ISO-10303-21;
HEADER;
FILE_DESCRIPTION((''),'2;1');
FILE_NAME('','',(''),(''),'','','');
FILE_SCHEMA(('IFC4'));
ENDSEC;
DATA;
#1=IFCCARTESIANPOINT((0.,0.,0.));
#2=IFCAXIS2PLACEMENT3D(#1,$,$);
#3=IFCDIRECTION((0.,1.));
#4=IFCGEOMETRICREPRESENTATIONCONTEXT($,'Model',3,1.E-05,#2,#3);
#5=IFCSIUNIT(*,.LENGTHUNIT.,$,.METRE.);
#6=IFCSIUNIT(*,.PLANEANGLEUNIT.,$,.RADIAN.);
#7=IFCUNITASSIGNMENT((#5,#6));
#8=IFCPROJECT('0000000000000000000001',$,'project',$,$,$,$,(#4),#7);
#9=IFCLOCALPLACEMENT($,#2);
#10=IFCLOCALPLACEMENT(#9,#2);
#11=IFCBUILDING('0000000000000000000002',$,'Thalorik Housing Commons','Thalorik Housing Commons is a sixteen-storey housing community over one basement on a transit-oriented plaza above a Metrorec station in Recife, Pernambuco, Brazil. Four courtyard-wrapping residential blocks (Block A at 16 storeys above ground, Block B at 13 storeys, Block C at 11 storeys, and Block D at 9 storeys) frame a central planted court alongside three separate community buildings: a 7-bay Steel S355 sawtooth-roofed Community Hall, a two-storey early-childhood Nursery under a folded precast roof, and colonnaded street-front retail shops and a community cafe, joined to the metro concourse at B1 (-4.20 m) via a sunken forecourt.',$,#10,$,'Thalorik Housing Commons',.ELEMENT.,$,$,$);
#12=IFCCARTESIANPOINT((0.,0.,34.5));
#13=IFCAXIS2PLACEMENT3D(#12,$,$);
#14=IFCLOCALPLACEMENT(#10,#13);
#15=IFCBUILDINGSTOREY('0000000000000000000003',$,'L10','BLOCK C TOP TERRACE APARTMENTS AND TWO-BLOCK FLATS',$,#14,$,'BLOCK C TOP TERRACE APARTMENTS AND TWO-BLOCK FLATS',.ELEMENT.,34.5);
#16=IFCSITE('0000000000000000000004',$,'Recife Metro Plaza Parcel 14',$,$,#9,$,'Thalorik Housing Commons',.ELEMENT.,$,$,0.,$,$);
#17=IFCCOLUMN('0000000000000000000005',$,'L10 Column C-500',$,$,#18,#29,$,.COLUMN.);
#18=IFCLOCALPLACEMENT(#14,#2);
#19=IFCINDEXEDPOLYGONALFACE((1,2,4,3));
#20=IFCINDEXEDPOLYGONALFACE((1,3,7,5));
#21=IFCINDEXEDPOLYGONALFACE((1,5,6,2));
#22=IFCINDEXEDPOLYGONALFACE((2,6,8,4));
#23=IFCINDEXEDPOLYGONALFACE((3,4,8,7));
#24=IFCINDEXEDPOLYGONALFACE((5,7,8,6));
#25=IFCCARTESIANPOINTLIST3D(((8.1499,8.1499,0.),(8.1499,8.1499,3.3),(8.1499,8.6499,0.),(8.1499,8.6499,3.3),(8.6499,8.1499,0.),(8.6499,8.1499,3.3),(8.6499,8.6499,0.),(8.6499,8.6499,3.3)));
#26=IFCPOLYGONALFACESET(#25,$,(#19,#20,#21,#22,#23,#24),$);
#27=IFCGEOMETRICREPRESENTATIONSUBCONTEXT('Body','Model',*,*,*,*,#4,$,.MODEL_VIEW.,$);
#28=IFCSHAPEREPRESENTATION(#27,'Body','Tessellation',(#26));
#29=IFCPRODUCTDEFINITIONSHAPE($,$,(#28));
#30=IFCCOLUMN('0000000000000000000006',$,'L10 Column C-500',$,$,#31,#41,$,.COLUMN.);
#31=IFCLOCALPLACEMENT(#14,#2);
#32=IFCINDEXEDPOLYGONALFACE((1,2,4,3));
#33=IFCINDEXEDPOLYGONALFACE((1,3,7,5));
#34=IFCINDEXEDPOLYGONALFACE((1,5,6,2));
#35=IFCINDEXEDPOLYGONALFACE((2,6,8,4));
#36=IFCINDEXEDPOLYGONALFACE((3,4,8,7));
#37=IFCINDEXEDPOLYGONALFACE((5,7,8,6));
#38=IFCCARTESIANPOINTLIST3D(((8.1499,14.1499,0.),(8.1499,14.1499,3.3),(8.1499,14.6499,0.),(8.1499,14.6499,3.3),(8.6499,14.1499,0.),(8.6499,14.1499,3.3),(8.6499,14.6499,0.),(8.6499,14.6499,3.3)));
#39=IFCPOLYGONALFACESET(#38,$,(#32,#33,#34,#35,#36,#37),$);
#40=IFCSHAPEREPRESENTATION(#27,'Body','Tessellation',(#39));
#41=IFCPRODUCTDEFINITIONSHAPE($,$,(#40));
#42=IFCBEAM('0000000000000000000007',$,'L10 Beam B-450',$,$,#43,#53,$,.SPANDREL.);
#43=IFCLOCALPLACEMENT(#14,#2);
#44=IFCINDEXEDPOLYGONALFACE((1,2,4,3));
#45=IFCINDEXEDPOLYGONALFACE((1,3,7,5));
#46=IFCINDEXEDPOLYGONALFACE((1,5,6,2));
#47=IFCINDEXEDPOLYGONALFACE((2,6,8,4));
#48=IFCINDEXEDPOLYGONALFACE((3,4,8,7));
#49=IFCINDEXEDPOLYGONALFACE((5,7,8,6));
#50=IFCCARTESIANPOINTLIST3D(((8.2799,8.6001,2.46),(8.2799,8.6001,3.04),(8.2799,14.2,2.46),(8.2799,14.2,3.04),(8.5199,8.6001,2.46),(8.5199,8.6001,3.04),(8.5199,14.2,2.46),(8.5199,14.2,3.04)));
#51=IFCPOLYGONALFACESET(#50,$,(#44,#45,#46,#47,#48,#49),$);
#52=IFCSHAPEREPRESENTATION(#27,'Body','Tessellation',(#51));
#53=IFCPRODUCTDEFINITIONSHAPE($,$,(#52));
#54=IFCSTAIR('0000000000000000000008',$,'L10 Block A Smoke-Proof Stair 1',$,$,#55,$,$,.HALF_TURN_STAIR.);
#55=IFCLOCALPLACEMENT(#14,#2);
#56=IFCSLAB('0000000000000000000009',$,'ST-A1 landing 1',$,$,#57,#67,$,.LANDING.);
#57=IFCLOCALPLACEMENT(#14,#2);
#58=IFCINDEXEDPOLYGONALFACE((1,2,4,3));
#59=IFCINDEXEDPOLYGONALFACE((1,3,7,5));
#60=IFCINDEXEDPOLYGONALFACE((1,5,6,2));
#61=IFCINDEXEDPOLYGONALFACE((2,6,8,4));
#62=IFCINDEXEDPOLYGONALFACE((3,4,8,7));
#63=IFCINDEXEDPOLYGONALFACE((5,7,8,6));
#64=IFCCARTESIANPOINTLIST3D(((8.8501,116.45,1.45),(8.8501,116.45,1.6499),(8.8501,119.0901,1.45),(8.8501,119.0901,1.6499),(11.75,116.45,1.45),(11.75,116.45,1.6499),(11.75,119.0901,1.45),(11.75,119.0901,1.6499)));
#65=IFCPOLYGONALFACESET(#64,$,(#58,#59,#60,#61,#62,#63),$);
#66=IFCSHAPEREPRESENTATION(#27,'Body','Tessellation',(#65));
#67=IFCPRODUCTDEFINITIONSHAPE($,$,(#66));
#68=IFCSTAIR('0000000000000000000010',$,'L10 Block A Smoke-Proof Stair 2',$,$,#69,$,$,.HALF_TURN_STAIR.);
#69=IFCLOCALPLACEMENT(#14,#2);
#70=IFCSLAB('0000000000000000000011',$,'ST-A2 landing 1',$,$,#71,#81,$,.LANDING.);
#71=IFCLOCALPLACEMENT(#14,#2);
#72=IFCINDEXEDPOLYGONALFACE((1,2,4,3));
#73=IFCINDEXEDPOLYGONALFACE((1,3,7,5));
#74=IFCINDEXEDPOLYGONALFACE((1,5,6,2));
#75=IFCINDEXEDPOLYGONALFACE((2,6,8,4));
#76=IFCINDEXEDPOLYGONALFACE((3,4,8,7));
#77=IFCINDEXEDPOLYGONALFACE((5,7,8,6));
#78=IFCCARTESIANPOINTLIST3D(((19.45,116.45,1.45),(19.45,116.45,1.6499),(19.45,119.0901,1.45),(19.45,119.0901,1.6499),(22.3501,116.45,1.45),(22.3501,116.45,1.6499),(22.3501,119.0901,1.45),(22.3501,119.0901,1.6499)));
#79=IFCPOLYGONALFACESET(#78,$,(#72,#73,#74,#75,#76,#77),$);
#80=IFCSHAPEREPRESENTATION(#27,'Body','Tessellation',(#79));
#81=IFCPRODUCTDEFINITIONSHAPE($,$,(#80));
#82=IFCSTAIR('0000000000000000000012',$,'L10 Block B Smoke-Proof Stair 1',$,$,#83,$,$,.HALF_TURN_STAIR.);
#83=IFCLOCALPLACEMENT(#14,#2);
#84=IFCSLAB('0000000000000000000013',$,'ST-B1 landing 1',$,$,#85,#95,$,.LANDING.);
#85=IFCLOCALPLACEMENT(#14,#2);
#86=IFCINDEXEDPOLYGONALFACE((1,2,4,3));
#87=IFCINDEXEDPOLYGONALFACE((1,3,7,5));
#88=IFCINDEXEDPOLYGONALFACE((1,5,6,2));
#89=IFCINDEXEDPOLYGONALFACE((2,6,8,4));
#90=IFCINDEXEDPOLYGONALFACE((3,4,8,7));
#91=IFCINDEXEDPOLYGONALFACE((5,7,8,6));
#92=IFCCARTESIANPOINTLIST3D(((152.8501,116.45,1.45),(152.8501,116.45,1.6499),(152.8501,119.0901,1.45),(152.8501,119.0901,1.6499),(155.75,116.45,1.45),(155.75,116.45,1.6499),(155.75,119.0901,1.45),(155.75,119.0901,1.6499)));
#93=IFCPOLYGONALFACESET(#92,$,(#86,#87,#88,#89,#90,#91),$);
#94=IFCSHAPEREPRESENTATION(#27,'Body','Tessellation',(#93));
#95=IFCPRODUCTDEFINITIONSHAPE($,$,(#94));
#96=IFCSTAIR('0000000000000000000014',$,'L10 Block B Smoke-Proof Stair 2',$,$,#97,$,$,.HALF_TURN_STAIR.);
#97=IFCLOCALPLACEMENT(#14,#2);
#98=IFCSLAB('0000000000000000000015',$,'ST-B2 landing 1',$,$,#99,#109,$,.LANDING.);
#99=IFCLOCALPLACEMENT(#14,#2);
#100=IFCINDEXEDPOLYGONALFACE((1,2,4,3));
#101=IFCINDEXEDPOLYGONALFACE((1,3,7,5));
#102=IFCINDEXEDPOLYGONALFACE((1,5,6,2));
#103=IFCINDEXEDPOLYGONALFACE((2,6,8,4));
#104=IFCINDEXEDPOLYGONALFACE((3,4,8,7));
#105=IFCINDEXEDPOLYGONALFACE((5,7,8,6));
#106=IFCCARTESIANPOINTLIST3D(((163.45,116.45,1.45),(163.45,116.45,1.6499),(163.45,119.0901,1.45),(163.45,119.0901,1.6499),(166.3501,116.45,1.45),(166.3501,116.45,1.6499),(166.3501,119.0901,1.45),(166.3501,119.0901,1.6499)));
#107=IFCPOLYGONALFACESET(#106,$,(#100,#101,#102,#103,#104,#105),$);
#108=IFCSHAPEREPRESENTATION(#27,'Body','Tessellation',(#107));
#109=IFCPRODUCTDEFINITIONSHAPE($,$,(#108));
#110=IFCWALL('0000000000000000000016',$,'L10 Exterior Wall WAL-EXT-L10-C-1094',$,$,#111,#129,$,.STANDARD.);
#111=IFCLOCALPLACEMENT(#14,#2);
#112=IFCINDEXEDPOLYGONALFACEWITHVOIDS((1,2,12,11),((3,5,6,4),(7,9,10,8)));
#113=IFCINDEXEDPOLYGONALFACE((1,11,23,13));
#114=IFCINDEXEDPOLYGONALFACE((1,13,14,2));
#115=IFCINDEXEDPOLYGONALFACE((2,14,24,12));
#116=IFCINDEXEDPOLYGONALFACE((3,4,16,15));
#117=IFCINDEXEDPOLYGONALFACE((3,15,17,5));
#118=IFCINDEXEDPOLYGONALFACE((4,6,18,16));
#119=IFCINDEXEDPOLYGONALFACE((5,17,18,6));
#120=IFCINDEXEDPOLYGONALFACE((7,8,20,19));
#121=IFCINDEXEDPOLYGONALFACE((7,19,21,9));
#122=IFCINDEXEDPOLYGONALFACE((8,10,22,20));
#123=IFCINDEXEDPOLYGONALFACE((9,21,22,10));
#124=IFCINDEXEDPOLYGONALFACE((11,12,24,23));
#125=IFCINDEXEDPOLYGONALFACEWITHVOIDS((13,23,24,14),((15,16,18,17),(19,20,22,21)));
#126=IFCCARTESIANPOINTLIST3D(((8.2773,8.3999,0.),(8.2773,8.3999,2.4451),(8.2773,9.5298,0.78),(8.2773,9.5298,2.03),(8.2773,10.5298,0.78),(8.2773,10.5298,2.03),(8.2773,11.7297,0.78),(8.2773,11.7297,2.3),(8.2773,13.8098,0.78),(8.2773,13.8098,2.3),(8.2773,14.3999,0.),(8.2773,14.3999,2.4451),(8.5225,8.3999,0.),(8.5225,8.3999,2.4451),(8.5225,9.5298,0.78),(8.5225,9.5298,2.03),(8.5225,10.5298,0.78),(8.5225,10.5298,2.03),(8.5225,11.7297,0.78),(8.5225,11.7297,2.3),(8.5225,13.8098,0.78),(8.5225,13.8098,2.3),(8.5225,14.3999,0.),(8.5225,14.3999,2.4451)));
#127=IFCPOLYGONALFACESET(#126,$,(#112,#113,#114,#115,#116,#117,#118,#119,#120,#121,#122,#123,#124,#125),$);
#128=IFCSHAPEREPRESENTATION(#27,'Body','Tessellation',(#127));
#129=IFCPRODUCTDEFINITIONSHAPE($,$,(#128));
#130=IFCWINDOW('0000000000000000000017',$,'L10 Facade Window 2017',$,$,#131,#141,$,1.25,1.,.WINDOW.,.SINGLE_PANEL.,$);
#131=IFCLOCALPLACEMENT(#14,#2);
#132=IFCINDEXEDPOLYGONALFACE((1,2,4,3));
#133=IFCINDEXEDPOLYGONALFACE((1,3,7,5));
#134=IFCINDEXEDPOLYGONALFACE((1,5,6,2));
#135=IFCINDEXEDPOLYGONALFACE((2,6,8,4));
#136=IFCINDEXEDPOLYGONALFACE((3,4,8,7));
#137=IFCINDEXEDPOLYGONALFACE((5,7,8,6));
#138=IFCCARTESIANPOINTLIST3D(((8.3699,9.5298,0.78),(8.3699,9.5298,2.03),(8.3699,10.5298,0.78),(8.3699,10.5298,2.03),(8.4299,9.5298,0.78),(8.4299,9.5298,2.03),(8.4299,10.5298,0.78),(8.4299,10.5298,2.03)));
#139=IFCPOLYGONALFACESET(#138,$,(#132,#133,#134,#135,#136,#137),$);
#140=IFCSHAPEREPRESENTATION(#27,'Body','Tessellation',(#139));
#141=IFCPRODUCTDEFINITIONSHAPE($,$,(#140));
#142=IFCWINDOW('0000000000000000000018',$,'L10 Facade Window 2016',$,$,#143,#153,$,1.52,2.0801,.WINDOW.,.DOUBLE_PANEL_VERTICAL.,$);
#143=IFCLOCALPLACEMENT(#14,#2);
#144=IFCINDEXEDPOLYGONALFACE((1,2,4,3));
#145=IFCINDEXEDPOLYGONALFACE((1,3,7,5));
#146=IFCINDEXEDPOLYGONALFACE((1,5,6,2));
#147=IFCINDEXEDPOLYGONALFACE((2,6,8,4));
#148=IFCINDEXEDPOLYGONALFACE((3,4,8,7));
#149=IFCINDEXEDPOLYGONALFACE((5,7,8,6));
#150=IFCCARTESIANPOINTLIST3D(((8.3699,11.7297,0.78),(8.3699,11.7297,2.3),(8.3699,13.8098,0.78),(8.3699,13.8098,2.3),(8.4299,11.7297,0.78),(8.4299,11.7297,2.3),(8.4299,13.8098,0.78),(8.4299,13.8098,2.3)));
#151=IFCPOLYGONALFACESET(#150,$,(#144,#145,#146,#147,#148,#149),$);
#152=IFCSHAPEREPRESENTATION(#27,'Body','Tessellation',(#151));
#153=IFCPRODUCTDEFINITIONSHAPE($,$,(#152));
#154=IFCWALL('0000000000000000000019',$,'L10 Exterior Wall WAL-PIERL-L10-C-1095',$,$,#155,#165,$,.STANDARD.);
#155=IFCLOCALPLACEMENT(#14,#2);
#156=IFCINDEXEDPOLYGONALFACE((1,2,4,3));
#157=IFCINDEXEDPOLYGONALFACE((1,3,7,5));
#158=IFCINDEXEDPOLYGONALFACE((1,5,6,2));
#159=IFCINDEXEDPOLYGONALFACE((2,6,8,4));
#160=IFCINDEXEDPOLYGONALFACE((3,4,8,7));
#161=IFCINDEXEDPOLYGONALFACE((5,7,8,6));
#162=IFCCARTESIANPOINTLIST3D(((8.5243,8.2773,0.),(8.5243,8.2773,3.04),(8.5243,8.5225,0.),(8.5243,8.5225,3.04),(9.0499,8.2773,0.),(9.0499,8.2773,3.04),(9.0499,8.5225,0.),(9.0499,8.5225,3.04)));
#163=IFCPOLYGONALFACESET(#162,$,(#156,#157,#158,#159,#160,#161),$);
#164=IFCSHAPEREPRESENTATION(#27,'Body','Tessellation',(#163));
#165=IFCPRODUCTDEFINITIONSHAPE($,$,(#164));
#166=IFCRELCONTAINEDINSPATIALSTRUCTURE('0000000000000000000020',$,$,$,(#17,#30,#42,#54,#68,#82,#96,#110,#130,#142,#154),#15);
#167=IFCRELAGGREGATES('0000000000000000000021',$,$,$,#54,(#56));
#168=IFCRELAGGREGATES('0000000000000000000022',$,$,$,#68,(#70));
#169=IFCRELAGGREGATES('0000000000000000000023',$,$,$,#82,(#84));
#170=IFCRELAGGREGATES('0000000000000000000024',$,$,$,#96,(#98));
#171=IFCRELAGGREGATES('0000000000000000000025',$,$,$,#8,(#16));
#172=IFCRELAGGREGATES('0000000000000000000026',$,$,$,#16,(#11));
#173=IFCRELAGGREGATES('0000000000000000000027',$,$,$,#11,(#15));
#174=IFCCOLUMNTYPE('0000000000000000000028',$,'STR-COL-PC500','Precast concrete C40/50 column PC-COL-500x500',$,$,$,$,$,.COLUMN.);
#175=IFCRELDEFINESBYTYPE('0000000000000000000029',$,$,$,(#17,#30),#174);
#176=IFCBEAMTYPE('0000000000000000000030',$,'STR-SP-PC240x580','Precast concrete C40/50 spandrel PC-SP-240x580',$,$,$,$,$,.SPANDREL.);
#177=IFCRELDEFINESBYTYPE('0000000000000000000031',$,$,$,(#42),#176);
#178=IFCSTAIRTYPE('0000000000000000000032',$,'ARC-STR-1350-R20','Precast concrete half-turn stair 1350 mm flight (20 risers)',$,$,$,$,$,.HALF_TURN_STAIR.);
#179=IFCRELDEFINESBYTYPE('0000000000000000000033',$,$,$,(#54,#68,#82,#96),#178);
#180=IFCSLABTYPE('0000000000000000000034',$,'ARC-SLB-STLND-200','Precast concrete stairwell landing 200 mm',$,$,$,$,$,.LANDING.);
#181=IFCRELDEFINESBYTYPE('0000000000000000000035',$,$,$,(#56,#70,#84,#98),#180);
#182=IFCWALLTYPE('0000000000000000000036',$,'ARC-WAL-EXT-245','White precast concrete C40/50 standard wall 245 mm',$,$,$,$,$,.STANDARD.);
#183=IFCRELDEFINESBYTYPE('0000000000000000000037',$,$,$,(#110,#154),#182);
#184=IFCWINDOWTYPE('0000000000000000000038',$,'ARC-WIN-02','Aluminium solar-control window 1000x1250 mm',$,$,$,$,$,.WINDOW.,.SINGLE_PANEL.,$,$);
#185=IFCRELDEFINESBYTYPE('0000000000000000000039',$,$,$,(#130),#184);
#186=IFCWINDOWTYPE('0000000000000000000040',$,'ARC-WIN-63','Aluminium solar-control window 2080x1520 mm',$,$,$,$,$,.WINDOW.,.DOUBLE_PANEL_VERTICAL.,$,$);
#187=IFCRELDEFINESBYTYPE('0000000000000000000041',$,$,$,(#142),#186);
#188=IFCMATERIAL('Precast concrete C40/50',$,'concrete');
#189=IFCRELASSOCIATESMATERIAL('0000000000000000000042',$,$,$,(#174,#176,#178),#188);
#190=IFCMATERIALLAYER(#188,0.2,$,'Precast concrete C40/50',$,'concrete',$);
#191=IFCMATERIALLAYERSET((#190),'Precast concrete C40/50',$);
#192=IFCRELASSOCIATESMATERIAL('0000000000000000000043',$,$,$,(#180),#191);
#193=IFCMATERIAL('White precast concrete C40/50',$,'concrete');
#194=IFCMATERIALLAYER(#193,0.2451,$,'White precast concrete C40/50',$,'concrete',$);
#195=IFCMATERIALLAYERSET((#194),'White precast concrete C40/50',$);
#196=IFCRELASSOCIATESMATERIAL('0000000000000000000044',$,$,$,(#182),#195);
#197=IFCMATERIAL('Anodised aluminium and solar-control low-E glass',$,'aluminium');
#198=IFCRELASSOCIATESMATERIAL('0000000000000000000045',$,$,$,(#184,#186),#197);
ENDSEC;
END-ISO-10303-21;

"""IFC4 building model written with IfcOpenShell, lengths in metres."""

from ifc_helpers import new_model, si_unit, direction, frame, frame_2d, origin, origin_2d, place, context, subcontext, project, spatial, polyline, rectangle, outline, extrude, material, layer, layer_set, material_profile, profile_set, type_object, element, fill, aggregate, save


model = new_model("IFC4")

# Units and contexts
model_context = context("Model", 3, precision=1e-05, world=origin(), true_north=direction((0.0, 1.0)))
body_context = subcontext(model_context, "Body", "Model", "MODEL_VIEW")
ifc_project = project(units=[si_unit("LENGTHUNIT", "METRE"), si_unit("PLANEANGLEUNIT", "RADIAN")], contexts=[model_context])

# Site, building, storey
site_placement = place(None, origin())
site = spatial("IfcSite", under=ifc_project, at=site_placement, Name="Recife Metro Plaza Parcel 14", LongName="Thalorik Housing Commons", CompositionType="ELEMENT", RefElevation=0.0)
building_placement = place(site_placement, origin())
building = spatial("IfcBuilding", under=site, at=building_placement, Name="Thalorik Housing Commons", Description="Thalorik Housing Commons is a sixteen-storey housing community over one basement on a transit-oriented plaza above a Metrorec station in Recife, Pernambuco, Brazil. Four courtyard-wrapping residential blocks (Block A at 16 storeys above ground, Block B at 13 storeys, Block C at 11 storeys, and Block D at 9 storeys) frame a central planted court alongside three separate community buildings: a 7-bay Steel S355 sawtooth-roofed Community Hall, a two-storey early-childhood Nursery under a folded precast roof, and colonnaded street-front retail shops and a community cafe, joined to the metro concourse at B1 (-4.20 m) via a sunken forecourt.", LongName="Thalorik Housing Commons", CompositionType="ELEMENT")
storey_placement = place(building_placement, frame((0.0, 0.0, 34.5)))
storey = spatial("IfcBuildingStorey", under=building, at=storey_placement, Name="L10", Description="BLOCK C TOP TERRACE APARTMENTS AND TWO-BLOCK FLATS", LongName="BLOCK C TOP TERRACE APARTMENTS AND TWO-BLOCK FLATS", CompositionType="ELEMENT", Elevation=34.5)

# Columns
ifc_material_1 = material(Name="Precast concrete C40/50", Category="concrete")
ifc_material_profile_1 = material_profile(ifc_material_1, rectangle(XDim=0.5, YDim=0.5, at=origin_2d()), Name="PC 500x500", Category="concrete")
ifc_profile_set_1 = profile_set([ifc_material_profile_1], Name="Precast concrete C40/50")
column_type = type_object("IfcColumnType", Name="STR-COL-PC500", Description="Precast concrete C40/50 column PC-COL-500x500", PredefinedType="COLUMN", material=ifc_profile_set_1)
for number, where, z_axis, x_axis, name in (
    (1, (8.3999, 8.3999, 0.0), (0.0, 0.0, 1.0), (1.0, 0.0, 0.0), "L10 Column C-500"),
    (2, (8.3999, 14.3999, 0.0), (0.0, 0.0, 1.0), (1.0, 0.0, 0.0), "L10 Column C-500"),
):
    element("IfcColumn", number, at=place(storey_placement, frame(where, z_axis=z_axis, x_axis=x_axis)), inside=storey, type_object=column_type, Name=name, PredefinedType="COLUMN", context=body_context, shape_type="SweptSolid", body=[
        extrude(rectangle(XDim=0.5, YDim=0.5, at=origin_2d()), origin(), (0.0, 0.0, 1.0), 3.3),
    ])

# Beam
ifc_material_profile_2 = material_profile(ifc_material_1, rectangle(XDim=0.24, YDim=0.5801, at=origin_2d()), Name="PC SP 240x580", Category="concrete")
ifc_profile_set_2 = profile_set([ifc_material_profile_2], Name="Precast concrete C40/50")
beam_type = type_object("IfcBeamType", Name="STR-SP-PC240x580", Description="Precast concrete C40/50 spandrel PC-SP-240x580", PredefinedType="SPANDREL", material=ifc_profile_set_2)
beam_placement = place(storey_placement, frame((8.3999, 8.6001, 2.75), z_axis=(0.0, 1.0, 0.0), x_axis=(-1.0, 0.0, 0.0)))
element("IfcBeam", 3, at=beam_placement, inside=storey, type_object=beam_type, Name="L10 Beam B-450", PredefinedType="SPANDREL", context=body_context, shape_type="SweptSolid", body=[
    extrude(rectangle(XDim=0.24, YDim=0.5801, at=origin_2d()), origin(), (0.0, 0.0, 1.0), 5.5999),
])

# Stairs, slabs
stair_type = type_object("IfcStairType", Name="ARC-STR-1350-R20", Description="Precast concrete half-turn stair 1350 mm flight (20 risers)", PredefinedType="HALF_TURN_STAIR", material=ifc_material_1)
stair_1_placement = place(storey_placement, origin())
stair_1 = element("IfcStair", 4, at=stair_1_placement, inside=storey, type_object=stair_type, Name="L10 Block A Smoke-Proof Stair 1", PredefinedType="HALF_TURN_STAIR")
ifc_layer_1 = layer(ifc_material_1, 0.2, Name="Precast concrete C40/50", Category="concrete")
ifc_layer_set_1 = layer_set([ifc_layer_1], Name="Precast concrete C40/50")
slab_type = type_object("IfcSlabType", Name="ARC-SLB-STLND-200", Description="Precast concrete stairwell landing 200 mm", PredefinedType="LANDING", material=ifc_layer_set_1)
slab_1_placement = place(storey_placement, frame((0.0, 0.0, 1.45)))
slab_1 = element("IfcSlab", 5, at=slab_1_placement, type_object=slab_type, Name="ST-A1 landing 1", PredefinedType="LANDING", context=body_context, shape_type="SweptSolid", body=[
    extrude(outline(polyline([(8.8501, 119.0901), (8.8501, 116.45), (11.75, 116.45), (11.75, 119.0901), (8.8501, 119.0901)])), origin(), (0.0, 0.0, 1.0), 0.2),
])
aggregate(stair_1, [slab_1])
stair_2_placement = place(storey_placement, origin())
stair_2 = element("IfcStair", 6, at=stair_2_placement, inside=storey, type_object=stair_type, Name="L10 Block A Smoke-Proof Stair 2", PredefinedType="HALF_TURN_STAIR")
slab_2_placement = place(storey_placement, frame((0.0, 0.0, 1.45)))
slab_2 = element("IfcSlab", 7, at=slab_2_placement, type_object=slab_type, Name="ST-A2 landing 1", PredefinedType="LANDING", context=body_context, shape_type="SweptSolid", body=[
    extrude(outline(polyline([(19.45, 119.0901), (19.45, 116.45), (22.3501, 116.45), (22.3501, 119.0901), (19.45, 119.0901)])), origin(), (0.0, 0.0, 1.0), 0.2),
])
aggregate(stair_2, [slab_2])
stair_3_placement = place(storey_placement, origin())
stair_3 = element("IfcStair", 8, at=stair_3_placement, inside=storey, type_object=stair_type, Name="L10 Block B Smoke-Proof Stair 1", PredefinedType="HALF_TURN_STAIR")
slab_3_placement = place(storey_placement, frame((0.0, 0.0, 1.45)))
slab_3 = element("IfcSlab", 9, at=slab_3_placement, type_object=slab_type, Name="ST-B1 landing 1", PredefinedType="LANDING", context=body_context, shape_type="SweptSolid", body=[
    extrude(outline(polyline([(152.8501, 119.0901), (152.8501, 116.45), (155.75, 116.45), (155.75, 119.0901), (152.8501, 119.0901)])), origin(), (0.0, 0.0, 1.0), 0.2),
])
aggregate(stair_3, [slab_3])
stair_4_placement = place(storey_placement, origin())
stair_4 = element("IfcStair", 10, at=stair_4_placement, inside=storey, type_object=stair_type, Name="L10 Block B Smoke-Proof Stair 2", PredefinedType="HALF_TURN_STAIR")
slab_4_placement = place(storey_placement, frame((0.0, 0.0, 1.45)))
slab_4 = element("IfcSlab", 11, at=slab_4_placement, type_object=slab_type, Name="ST-B2 landing 1", PredefinedType="LANDING", context=body_context, shape_type="SweptSolid", body=[
    extrude(outline(polyline([(163.45, 119.0901), (163.45, 116.45), (166.3501, 116.45), (166.3501, 119.0901), (163.45, 119.0901)])), origin(), (0.0, 0.0, 1.0), 0.2),
])
aggregate(stair_4, [slab_4])

# Wall, openings, windows
ifc_material_2 = material(Name="White precast concrete C40/50", Category="concrete")
ifc_layer_2 = layer(ifc_material_2, 0.2451, Name="White precast concrete C40/50", Category="concrete")
ifc_layer_set_2 = layer_set([ifc_layer_2], Name="White precast concrete C40/50")
wall_type_1 = type_object("IfcWallType", Name="ARC-WAL-EXT-245", Description="White precast concrete C40/50 standard wall 245 mm", PredefinedType="STANDARD", material=ifc_layer_set_2)
wall_1_placement = place(storey_placement, frame((8.3999, 14.3999, 0.0), z_axis=(0.0, 0.0, 1.0), x_axis=(0.0, -1.0, 0.0)))
wall_1 = element("IfcWall", 12, at=wall_1_placement, inside=storey, type_object=wall_type_1, Name="L10 Exterior Wall WAL-EXT-L10-C-1094", PredefinedType="STANDARD", context=body_context, shape_type="SweptSolid", body=[
    extrude(rectangle(XDim=6.0, YDim=0.2451, at=frame_2d((3.0, 0.0))), origin(), (0.0, 0.0, 1.0), 2.4451),
])
opening_1_placement = place(wall_1_placement, frame((0.5901, 0.0, 0.78)))
opening_1 = element("IfcOpeningElement", 13, at=opening_1_placement, cuts=wall_1, PredefinedType="OPENING", context=body_context, shape_type="SweptSolid", body=[
    extrude(rectangle(XDim=2.0801, YDim=1.52, at=frame_2d((1.04, 0.76))), frame((0.0, 0.1326, 0.0), z_axis=(0.0, -1.0, 0.0), x_axis=(1.0, 0.0, 0.0)), (0.0, 0.0, 1.0), 0.2651),
])
opening_2_placement = place(wall_1_placement, frame((3.8701, 0.0, 0.78)))
opening_2 = element("IfcOpeningElement", 14, at=opening_2_placement, cuts=wall_1, PredefinedType="OPENING", context=body_context, shape_type="SweptSolid", body=[
    extrude(rectangle(XDim=1.0, YDim=1.25, at=frame_2d((0.5, 0.625))), frame((0.0, 0.1326, 0.0), z_axis=(0.0, -1.0, 0.0), x_axis=(1.0, 0.0, 0.0)), (0.0, 0.0, 1.0), 0.2651),
])
ifc_material_3 = material(Name="Anodised aluminium and solar-control low-E glass", Category="aluminium")
window_type_1 = type_object("IfcWindowType", Name="ARC-WIN-02", Description="Aluminium solar-control window 1000x1250 mm", PartitioningType="SINGLE_PANEL", PredefinedType="WINDOW", material=ifc_material_3)
window_1_placement = place(opening_2_placement, origin())
window_1 = element("IfcWindow", 15, at=window_1_placement, inside=storey, type_object=window_type_1, Name="L10 Facade Window 2017", OverallHeight=1.25, OverallWidth=1.0, PartitioningType="SINGLE_PANEL", PredefinedType="WINDOW", context=body_context, shape_type="SweptSolid", body=[
    extrude(rectangle(XDim=1.0, YDim=1.25, at=frame_2d((0.5, 0.625))), frame((0.0, 0.03, 0.0), z_axis=(0.0, -1.0, 0.0), x_axis=(1.0, 0.0, 0.0)), (0.0, 0.0, 1.0), 0.0601),
])
fill(opening_2, window_1)
window_type_2 = type_object("IfcWindowType", Name="ARC-WIN-63", Description="Aluminium solar-control window 2080x1520 mm", PartitioningType="DOUBLE_PANEL_VERTICAL", PredefinedType="WINDOW", material=ifc_material_3)
window_2_placement = place(opening_1_placement, origin())
window_2 = element("IfcWindow", 16, at=window_2_placement, inside=storey, type_object=window_type_2, Name="L10 Facade Window 2016", OverallHeight=1.52, OverallWidth=2.0801, PartitioningType="DOUBLE_PANEL_VERTICAL", PredefinedType="WINDOW", context=body_context, shape_type="SweptSolid", body=[
    extrude(rectangle(XDim=2.0801, YDim=1.52, at=frame_2d((1.04, 0.76))), frame((0.0, 0.03, 0.0), z_axis=(0.0, -1.0, 0.0), x_axis=(1.0, 0.0, 0.0)), (0.0, 0.0, 1.0), 0.0601),
])
fill(opening_1, window_2)

# Wall
wall_2_placement = place(storey_placement, frame((8.5244, 8.3999, 0.0), z_axis=(0.0, 0.0, 1.0), x_axis=(1.0, 0.0, 0.0)))
element("IfcWall", 17, at=wall_2_placement, inside=storey, type_object=wall_type_1, Name="L10 Exterior Wall WAL-PIERL-L10-C-1095", PredefinedType="STANDARD", context=body_context, shape_type="SweptSolid", body=[
    extrude(rectangle(XDim=0.5256, YDim=0.2451, at=frame_2d((0.2627, 0.0))), origin(), (0.0, 0.0, 1.0), 3.04),
])

save(model, "model.ifc")
